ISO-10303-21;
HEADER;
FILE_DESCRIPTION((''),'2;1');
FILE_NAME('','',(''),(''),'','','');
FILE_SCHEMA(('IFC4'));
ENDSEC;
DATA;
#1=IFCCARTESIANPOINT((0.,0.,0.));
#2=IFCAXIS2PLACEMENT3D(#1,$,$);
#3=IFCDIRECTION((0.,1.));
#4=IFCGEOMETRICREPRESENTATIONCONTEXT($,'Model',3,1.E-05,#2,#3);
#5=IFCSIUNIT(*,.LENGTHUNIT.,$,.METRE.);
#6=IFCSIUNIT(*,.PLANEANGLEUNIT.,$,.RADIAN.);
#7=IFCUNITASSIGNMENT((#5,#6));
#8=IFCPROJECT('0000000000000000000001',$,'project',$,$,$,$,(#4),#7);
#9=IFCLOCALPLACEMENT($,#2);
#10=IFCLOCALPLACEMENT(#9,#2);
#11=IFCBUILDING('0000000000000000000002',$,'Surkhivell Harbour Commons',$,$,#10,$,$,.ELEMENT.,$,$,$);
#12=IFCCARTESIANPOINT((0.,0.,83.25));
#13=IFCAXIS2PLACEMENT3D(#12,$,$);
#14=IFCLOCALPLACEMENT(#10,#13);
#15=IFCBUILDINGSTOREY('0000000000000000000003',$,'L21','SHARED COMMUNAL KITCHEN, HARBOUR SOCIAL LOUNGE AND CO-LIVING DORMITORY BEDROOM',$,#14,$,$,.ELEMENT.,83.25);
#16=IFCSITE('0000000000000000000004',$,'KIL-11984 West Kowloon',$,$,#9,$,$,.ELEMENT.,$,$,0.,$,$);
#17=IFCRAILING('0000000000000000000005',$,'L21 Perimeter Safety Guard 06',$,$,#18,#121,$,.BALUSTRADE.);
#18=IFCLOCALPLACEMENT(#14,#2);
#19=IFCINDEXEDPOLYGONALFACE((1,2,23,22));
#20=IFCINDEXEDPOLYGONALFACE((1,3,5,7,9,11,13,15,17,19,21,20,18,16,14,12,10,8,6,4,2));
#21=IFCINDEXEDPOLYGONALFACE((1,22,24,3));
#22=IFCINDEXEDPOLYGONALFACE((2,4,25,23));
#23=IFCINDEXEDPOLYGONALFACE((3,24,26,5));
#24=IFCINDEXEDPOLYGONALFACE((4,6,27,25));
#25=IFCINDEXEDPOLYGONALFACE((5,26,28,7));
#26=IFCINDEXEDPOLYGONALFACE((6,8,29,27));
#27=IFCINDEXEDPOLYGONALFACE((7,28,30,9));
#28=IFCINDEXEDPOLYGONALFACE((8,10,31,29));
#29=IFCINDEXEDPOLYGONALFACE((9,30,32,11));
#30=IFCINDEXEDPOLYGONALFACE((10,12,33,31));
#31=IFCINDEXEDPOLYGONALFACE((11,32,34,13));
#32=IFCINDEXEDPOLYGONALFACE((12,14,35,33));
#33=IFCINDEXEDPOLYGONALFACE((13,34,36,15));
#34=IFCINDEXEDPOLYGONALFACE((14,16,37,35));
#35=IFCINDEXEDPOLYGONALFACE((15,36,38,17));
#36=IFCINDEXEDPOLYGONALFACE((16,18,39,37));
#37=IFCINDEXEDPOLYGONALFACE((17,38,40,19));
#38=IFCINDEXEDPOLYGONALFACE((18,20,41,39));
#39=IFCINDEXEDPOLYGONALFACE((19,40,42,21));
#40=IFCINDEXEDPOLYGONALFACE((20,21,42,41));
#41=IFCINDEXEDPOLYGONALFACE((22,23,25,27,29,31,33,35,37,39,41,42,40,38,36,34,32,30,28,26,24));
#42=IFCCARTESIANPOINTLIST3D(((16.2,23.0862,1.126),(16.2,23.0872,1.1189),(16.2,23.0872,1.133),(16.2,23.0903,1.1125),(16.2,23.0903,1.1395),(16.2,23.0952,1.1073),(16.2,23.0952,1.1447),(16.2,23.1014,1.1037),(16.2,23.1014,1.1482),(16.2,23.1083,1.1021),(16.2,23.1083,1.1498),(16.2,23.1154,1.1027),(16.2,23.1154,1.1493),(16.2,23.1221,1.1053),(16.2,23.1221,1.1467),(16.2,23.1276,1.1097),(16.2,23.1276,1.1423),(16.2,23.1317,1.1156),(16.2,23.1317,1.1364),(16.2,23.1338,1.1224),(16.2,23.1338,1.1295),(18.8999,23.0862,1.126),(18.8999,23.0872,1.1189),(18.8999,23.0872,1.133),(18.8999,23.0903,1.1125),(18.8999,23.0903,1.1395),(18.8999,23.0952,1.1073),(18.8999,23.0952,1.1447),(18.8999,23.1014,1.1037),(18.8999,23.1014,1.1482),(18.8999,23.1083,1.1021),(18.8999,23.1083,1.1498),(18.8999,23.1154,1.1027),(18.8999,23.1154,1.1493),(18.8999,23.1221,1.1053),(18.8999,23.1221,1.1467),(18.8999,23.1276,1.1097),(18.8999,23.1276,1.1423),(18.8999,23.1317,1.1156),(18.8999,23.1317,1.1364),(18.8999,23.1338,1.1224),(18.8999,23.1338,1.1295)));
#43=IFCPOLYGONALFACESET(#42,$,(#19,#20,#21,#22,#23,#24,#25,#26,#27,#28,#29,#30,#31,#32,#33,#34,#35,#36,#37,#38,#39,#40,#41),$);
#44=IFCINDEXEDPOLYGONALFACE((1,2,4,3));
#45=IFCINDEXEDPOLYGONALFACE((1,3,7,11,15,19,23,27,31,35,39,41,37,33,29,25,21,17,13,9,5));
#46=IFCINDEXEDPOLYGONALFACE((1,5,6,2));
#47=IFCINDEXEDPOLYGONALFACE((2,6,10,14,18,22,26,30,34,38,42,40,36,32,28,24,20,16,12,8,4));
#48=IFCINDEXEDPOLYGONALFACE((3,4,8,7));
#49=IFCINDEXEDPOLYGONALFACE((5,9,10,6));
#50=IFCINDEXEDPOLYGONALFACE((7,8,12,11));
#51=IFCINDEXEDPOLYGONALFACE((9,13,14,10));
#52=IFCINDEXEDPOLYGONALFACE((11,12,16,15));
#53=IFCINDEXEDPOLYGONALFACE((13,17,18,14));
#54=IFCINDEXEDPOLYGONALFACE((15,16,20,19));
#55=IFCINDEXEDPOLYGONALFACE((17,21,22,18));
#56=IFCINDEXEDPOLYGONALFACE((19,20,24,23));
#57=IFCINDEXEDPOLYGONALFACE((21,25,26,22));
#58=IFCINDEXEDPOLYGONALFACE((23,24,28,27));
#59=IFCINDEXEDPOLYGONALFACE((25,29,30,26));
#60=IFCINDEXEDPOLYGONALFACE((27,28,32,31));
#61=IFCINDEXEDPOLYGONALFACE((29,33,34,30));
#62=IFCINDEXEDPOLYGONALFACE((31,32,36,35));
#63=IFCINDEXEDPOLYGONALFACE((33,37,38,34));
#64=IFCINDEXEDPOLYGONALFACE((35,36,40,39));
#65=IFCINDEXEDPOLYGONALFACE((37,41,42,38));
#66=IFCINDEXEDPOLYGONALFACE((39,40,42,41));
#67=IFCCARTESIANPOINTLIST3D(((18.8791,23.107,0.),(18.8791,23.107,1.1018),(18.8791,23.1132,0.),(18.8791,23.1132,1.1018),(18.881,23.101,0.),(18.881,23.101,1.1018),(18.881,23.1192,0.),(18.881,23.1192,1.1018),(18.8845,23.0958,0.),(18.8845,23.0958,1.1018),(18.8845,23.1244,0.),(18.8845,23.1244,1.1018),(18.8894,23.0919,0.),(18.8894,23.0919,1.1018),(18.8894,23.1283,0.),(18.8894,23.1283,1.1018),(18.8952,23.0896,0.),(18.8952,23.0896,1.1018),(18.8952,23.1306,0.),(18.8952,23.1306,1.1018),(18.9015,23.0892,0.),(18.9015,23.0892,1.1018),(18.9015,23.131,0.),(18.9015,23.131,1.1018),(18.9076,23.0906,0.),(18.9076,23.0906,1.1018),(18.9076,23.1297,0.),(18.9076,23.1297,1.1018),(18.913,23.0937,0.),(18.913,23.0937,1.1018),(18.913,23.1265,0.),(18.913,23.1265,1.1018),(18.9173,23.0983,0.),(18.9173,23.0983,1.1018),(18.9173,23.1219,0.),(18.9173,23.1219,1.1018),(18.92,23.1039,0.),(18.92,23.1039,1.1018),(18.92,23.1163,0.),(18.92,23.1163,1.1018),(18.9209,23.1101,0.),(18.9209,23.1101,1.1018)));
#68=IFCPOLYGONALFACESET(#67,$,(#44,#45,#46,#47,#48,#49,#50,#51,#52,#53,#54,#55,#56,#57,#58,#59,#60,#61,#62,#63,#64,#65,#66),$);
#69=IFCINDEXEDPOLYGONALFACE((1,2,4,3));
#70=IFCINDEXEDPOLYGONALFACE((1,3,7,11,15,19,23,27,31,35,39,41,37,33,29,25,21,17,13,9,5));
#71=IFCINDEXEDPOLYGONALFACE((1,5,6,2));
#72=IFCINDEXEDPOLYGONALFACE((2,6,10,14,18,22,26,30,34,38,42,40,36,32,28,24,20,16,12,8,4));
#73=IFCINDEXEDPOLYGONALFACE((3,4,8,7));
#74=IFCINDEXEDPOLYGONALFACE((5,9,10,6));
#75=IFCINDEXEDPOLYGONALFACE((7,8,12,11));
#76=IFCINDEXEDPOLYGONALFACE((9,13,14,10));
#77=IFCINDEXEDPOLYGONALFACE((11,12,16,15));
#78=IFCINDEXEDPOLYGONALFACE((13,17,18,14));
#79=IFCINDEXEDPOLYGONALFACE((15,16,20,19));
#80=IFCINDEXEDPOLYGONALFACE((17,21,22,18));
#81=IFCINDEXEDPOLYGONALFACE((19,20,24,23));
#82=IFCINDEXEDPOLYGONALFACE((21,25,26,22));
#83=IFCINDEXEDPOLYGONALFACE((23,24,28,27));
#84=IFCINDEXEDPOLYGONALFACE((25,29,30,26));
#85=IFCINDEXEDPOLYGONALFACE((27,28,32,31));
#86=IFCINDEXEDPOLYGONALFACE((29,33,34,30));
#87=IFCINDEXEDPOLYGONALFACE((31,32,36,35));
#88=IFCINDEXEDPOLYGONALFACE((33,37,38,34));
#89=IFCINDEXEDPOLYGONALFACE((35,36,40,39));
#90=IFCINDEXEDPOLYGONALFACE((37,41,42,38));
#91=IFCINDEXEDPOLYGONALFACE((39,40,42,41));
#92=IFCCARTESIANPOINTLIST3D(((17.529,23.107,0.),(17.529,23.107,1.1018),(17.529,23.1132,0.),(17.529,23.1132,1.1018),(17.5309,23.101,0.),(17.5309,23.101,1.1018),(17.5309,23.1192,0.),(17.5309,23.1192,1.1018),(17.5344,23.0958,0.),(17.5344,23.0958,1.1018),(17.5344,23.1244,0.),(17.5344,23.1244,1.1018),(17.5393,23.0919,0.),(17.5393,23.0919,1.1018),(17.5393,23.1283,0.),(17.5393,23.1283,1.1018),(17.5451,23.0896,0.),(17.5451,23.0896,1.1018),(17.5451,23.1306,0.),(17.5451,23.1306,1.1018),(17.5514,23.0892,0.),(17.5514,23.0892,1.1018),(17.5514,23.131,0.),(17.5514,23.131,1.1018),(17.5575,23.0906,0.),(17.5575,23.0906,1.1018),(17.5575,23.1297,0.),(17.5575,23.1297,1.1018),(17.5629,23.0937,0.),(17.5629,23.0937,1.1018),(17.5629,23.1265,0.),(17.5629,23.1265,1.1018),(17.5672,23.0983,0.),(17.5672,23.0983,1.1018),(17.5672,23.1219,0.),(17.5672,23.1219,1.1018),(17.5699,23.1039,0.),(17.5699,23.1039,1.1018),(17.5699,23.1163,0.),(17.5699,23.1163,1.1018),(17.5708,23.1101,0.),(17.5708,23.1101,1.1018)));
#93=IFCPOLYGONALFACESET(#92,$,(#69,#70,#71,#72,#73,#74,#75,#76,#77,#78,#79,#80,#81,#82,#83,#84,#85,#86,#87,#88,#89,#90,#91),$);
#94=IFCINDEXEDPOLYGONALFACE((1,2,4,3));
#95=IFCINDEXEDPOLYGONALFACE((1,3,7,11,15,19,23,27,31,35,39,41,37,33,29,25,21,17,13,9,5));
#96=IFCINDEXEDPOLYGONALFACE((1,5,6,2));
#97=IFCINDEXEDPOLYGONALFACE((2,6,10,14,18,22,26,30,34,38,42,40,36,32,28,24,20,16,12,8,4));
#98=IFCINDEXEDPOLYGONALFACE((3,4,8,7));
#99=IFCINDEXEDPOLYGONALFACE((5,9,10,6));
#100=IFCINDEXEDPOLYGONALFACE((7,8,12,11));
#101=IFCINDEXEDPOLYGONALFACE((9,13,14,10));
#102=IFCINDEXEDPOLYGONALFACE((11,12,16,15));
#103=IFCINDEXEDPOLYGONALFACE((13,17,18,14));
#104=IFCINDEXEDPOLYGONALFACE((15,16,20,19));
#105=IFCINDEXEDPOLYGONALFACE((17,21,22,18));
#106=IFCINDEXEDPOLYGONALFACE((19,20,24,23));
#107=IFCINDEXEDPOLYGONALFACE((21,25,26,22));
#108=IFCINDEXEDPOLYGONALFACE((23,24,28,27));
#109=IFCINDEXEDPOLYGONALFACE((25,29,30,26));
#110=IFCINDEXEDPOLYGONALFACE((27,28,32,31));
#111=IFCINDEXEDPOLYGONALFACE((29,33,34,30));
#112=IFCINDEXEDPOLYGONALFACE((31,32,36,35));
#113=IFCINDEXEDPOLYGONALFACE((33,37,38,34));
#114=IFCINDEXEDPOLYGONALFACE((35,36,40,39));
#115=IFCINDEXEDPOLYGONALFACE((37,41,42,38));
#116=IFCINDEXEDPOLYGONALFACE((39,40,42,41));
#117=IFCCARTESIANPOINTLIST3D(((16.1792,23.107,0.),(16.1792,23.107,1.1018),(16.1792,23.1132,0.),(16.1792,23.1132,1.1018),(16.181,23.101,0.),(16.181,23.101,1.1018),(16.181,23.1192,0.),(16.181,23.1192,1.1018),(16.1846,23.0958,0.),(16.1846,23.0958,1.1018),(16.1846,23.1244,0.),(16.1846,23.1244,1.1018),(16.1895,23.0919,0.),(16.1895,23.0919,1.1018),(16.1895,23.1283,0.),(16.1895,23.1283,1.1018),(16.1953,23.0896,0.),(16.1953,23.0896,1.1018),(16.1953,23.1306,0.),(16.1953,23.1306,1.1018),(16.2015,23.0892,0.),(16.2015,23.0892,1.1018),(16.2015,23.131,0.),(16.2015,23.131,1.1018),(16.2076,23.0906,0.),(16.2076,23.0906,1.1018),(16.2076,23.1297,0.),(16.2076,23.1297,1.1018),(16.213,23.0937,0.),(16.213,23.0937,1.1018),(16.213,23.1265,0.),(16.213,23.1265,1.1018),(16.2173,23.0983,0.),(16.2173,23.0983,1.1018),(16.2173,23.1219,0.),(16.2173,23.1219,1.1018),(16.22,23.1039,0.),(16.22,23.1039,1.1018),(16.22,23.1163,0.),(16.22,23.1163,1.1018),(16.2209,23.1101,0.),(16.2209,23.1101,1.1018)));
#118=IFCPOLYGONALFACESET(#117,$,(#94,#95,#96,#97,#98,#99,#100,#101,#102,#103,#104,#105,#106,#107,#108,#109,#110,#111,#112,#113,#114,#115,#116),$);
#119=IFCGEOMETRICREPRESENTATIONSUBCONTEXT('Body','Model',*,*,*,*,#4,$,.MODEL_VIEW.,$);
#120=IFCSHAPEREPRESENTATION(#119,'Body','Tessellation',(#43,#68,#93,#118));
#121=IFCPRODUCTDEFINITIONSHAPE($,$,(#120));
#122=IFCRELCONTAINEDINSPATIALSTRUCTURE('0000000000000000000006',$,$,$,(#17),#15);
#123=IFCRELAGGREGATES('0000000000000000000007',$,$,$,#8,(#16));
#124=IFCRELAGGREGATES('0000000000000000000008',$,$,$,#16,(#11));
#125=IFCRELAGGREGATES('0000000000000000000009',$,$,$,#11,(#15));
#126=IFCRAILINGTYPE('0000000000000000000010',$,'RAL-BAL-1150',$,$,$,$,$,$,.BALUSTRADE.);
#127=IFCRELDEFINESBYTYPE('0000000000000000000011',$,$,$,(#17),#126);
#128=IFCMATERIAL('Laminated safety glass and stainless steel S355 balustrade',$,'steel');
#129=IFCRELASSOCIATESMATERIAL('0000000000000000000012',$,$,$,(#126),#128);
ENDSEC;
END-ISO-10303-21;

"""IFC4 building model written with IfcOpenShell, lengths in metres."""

from ifc_helpers import new_model, si_unit, direction, frame, origin, origin_2d, place, context, subcontext, project, spatial, circle, extrude, material, type_object, element, save


model = new_model("IFC4")

# Units and contexts
model_context = context("Model", 3, precision=1e-05, world=origin(), true_north=direction((0.0, 1.0)))
body_context = subcontext(model_context, "Body", "Model", "MODEL_VIEW")
ifc_project = project(units=[si_unit("LENGTHUNIT", "METRE"), si_unit("PLANEANGLEUNIT", "RADIAN")], contexts=[model_context])

# Site, building, storey
site_placement = place(None, origin())
site = spatial("IfcSite", under=ifc_project, at=site_placement, Name="KIL-11984 West Kowloon", CompositionType="ELEMENT", RefElevation=0.0)
building_placement = place(site_placement, origin())
building = spatial("IfcBuilding", under=site, at=building_placement, Name="Surkhivell Harbour Commons", CompositionType="ELEMENT")
storey_placement = place(building_placement, frame((0.0, 0.0, 83.25)))
storey = spatial("IfcBuildingStorey", under=building, at=storey_placement, Name="L21", Description="SHARED COMMUNAL KITCHEN, HARBOUR SOCIAL LOUNGE AND CO-LIVING DORMITORY BEDROOM", CompositionType="ELEMENT", Elevation=83.25)

# Railing
ifc_material_1 = material(Name="Laminated safety glass and stainless steel S355 balustrade", Category="steel")
railing_type = type_object("IfcRailingType", Name="RAL-BAL-1150", PredefinedType="BALUSTRADE", material=ifc_material_1)
railing_1_placement = place(storey_placement, frame((18.8999, 23.1101, 0.0)))
element("IfcRailing", 1, at=railing_1_placement, inside=storey, type_object=railing_type, Name="L21 Perimeter Safety Guard 06", PredefinedType="BALUSTRADE", context=body_context, shape_type="SweptSolid", body=[
    extrude(circle(Radius=0.0239, at=origin_2d()), frame((0.0, 0.0, 1.126), z_axis=(-1.0, 0.0, 0.0), x_axis=(0.0, -1.0, 0.0)), (0.0, 0.0, 1.0), 2.7),
    extrude(circle(Radius=0.021, at=origin_2d()), origin(), (0.0, 0.0, 1.0), 1.1018),
    extrude(circle(Radius=0.021, at=origin_2d()), frame((-1.3501, 0.0, 0.0)), (0.0, 0.0, 1.0), 1.1018),
    extrude(circle(Radius=0.021, at=origin_2d()), frame((-2.7, 0.0, 0.0)), (0.0, 0.0, 1.0), 1.1018),
])

save(model, "model.ifc")
